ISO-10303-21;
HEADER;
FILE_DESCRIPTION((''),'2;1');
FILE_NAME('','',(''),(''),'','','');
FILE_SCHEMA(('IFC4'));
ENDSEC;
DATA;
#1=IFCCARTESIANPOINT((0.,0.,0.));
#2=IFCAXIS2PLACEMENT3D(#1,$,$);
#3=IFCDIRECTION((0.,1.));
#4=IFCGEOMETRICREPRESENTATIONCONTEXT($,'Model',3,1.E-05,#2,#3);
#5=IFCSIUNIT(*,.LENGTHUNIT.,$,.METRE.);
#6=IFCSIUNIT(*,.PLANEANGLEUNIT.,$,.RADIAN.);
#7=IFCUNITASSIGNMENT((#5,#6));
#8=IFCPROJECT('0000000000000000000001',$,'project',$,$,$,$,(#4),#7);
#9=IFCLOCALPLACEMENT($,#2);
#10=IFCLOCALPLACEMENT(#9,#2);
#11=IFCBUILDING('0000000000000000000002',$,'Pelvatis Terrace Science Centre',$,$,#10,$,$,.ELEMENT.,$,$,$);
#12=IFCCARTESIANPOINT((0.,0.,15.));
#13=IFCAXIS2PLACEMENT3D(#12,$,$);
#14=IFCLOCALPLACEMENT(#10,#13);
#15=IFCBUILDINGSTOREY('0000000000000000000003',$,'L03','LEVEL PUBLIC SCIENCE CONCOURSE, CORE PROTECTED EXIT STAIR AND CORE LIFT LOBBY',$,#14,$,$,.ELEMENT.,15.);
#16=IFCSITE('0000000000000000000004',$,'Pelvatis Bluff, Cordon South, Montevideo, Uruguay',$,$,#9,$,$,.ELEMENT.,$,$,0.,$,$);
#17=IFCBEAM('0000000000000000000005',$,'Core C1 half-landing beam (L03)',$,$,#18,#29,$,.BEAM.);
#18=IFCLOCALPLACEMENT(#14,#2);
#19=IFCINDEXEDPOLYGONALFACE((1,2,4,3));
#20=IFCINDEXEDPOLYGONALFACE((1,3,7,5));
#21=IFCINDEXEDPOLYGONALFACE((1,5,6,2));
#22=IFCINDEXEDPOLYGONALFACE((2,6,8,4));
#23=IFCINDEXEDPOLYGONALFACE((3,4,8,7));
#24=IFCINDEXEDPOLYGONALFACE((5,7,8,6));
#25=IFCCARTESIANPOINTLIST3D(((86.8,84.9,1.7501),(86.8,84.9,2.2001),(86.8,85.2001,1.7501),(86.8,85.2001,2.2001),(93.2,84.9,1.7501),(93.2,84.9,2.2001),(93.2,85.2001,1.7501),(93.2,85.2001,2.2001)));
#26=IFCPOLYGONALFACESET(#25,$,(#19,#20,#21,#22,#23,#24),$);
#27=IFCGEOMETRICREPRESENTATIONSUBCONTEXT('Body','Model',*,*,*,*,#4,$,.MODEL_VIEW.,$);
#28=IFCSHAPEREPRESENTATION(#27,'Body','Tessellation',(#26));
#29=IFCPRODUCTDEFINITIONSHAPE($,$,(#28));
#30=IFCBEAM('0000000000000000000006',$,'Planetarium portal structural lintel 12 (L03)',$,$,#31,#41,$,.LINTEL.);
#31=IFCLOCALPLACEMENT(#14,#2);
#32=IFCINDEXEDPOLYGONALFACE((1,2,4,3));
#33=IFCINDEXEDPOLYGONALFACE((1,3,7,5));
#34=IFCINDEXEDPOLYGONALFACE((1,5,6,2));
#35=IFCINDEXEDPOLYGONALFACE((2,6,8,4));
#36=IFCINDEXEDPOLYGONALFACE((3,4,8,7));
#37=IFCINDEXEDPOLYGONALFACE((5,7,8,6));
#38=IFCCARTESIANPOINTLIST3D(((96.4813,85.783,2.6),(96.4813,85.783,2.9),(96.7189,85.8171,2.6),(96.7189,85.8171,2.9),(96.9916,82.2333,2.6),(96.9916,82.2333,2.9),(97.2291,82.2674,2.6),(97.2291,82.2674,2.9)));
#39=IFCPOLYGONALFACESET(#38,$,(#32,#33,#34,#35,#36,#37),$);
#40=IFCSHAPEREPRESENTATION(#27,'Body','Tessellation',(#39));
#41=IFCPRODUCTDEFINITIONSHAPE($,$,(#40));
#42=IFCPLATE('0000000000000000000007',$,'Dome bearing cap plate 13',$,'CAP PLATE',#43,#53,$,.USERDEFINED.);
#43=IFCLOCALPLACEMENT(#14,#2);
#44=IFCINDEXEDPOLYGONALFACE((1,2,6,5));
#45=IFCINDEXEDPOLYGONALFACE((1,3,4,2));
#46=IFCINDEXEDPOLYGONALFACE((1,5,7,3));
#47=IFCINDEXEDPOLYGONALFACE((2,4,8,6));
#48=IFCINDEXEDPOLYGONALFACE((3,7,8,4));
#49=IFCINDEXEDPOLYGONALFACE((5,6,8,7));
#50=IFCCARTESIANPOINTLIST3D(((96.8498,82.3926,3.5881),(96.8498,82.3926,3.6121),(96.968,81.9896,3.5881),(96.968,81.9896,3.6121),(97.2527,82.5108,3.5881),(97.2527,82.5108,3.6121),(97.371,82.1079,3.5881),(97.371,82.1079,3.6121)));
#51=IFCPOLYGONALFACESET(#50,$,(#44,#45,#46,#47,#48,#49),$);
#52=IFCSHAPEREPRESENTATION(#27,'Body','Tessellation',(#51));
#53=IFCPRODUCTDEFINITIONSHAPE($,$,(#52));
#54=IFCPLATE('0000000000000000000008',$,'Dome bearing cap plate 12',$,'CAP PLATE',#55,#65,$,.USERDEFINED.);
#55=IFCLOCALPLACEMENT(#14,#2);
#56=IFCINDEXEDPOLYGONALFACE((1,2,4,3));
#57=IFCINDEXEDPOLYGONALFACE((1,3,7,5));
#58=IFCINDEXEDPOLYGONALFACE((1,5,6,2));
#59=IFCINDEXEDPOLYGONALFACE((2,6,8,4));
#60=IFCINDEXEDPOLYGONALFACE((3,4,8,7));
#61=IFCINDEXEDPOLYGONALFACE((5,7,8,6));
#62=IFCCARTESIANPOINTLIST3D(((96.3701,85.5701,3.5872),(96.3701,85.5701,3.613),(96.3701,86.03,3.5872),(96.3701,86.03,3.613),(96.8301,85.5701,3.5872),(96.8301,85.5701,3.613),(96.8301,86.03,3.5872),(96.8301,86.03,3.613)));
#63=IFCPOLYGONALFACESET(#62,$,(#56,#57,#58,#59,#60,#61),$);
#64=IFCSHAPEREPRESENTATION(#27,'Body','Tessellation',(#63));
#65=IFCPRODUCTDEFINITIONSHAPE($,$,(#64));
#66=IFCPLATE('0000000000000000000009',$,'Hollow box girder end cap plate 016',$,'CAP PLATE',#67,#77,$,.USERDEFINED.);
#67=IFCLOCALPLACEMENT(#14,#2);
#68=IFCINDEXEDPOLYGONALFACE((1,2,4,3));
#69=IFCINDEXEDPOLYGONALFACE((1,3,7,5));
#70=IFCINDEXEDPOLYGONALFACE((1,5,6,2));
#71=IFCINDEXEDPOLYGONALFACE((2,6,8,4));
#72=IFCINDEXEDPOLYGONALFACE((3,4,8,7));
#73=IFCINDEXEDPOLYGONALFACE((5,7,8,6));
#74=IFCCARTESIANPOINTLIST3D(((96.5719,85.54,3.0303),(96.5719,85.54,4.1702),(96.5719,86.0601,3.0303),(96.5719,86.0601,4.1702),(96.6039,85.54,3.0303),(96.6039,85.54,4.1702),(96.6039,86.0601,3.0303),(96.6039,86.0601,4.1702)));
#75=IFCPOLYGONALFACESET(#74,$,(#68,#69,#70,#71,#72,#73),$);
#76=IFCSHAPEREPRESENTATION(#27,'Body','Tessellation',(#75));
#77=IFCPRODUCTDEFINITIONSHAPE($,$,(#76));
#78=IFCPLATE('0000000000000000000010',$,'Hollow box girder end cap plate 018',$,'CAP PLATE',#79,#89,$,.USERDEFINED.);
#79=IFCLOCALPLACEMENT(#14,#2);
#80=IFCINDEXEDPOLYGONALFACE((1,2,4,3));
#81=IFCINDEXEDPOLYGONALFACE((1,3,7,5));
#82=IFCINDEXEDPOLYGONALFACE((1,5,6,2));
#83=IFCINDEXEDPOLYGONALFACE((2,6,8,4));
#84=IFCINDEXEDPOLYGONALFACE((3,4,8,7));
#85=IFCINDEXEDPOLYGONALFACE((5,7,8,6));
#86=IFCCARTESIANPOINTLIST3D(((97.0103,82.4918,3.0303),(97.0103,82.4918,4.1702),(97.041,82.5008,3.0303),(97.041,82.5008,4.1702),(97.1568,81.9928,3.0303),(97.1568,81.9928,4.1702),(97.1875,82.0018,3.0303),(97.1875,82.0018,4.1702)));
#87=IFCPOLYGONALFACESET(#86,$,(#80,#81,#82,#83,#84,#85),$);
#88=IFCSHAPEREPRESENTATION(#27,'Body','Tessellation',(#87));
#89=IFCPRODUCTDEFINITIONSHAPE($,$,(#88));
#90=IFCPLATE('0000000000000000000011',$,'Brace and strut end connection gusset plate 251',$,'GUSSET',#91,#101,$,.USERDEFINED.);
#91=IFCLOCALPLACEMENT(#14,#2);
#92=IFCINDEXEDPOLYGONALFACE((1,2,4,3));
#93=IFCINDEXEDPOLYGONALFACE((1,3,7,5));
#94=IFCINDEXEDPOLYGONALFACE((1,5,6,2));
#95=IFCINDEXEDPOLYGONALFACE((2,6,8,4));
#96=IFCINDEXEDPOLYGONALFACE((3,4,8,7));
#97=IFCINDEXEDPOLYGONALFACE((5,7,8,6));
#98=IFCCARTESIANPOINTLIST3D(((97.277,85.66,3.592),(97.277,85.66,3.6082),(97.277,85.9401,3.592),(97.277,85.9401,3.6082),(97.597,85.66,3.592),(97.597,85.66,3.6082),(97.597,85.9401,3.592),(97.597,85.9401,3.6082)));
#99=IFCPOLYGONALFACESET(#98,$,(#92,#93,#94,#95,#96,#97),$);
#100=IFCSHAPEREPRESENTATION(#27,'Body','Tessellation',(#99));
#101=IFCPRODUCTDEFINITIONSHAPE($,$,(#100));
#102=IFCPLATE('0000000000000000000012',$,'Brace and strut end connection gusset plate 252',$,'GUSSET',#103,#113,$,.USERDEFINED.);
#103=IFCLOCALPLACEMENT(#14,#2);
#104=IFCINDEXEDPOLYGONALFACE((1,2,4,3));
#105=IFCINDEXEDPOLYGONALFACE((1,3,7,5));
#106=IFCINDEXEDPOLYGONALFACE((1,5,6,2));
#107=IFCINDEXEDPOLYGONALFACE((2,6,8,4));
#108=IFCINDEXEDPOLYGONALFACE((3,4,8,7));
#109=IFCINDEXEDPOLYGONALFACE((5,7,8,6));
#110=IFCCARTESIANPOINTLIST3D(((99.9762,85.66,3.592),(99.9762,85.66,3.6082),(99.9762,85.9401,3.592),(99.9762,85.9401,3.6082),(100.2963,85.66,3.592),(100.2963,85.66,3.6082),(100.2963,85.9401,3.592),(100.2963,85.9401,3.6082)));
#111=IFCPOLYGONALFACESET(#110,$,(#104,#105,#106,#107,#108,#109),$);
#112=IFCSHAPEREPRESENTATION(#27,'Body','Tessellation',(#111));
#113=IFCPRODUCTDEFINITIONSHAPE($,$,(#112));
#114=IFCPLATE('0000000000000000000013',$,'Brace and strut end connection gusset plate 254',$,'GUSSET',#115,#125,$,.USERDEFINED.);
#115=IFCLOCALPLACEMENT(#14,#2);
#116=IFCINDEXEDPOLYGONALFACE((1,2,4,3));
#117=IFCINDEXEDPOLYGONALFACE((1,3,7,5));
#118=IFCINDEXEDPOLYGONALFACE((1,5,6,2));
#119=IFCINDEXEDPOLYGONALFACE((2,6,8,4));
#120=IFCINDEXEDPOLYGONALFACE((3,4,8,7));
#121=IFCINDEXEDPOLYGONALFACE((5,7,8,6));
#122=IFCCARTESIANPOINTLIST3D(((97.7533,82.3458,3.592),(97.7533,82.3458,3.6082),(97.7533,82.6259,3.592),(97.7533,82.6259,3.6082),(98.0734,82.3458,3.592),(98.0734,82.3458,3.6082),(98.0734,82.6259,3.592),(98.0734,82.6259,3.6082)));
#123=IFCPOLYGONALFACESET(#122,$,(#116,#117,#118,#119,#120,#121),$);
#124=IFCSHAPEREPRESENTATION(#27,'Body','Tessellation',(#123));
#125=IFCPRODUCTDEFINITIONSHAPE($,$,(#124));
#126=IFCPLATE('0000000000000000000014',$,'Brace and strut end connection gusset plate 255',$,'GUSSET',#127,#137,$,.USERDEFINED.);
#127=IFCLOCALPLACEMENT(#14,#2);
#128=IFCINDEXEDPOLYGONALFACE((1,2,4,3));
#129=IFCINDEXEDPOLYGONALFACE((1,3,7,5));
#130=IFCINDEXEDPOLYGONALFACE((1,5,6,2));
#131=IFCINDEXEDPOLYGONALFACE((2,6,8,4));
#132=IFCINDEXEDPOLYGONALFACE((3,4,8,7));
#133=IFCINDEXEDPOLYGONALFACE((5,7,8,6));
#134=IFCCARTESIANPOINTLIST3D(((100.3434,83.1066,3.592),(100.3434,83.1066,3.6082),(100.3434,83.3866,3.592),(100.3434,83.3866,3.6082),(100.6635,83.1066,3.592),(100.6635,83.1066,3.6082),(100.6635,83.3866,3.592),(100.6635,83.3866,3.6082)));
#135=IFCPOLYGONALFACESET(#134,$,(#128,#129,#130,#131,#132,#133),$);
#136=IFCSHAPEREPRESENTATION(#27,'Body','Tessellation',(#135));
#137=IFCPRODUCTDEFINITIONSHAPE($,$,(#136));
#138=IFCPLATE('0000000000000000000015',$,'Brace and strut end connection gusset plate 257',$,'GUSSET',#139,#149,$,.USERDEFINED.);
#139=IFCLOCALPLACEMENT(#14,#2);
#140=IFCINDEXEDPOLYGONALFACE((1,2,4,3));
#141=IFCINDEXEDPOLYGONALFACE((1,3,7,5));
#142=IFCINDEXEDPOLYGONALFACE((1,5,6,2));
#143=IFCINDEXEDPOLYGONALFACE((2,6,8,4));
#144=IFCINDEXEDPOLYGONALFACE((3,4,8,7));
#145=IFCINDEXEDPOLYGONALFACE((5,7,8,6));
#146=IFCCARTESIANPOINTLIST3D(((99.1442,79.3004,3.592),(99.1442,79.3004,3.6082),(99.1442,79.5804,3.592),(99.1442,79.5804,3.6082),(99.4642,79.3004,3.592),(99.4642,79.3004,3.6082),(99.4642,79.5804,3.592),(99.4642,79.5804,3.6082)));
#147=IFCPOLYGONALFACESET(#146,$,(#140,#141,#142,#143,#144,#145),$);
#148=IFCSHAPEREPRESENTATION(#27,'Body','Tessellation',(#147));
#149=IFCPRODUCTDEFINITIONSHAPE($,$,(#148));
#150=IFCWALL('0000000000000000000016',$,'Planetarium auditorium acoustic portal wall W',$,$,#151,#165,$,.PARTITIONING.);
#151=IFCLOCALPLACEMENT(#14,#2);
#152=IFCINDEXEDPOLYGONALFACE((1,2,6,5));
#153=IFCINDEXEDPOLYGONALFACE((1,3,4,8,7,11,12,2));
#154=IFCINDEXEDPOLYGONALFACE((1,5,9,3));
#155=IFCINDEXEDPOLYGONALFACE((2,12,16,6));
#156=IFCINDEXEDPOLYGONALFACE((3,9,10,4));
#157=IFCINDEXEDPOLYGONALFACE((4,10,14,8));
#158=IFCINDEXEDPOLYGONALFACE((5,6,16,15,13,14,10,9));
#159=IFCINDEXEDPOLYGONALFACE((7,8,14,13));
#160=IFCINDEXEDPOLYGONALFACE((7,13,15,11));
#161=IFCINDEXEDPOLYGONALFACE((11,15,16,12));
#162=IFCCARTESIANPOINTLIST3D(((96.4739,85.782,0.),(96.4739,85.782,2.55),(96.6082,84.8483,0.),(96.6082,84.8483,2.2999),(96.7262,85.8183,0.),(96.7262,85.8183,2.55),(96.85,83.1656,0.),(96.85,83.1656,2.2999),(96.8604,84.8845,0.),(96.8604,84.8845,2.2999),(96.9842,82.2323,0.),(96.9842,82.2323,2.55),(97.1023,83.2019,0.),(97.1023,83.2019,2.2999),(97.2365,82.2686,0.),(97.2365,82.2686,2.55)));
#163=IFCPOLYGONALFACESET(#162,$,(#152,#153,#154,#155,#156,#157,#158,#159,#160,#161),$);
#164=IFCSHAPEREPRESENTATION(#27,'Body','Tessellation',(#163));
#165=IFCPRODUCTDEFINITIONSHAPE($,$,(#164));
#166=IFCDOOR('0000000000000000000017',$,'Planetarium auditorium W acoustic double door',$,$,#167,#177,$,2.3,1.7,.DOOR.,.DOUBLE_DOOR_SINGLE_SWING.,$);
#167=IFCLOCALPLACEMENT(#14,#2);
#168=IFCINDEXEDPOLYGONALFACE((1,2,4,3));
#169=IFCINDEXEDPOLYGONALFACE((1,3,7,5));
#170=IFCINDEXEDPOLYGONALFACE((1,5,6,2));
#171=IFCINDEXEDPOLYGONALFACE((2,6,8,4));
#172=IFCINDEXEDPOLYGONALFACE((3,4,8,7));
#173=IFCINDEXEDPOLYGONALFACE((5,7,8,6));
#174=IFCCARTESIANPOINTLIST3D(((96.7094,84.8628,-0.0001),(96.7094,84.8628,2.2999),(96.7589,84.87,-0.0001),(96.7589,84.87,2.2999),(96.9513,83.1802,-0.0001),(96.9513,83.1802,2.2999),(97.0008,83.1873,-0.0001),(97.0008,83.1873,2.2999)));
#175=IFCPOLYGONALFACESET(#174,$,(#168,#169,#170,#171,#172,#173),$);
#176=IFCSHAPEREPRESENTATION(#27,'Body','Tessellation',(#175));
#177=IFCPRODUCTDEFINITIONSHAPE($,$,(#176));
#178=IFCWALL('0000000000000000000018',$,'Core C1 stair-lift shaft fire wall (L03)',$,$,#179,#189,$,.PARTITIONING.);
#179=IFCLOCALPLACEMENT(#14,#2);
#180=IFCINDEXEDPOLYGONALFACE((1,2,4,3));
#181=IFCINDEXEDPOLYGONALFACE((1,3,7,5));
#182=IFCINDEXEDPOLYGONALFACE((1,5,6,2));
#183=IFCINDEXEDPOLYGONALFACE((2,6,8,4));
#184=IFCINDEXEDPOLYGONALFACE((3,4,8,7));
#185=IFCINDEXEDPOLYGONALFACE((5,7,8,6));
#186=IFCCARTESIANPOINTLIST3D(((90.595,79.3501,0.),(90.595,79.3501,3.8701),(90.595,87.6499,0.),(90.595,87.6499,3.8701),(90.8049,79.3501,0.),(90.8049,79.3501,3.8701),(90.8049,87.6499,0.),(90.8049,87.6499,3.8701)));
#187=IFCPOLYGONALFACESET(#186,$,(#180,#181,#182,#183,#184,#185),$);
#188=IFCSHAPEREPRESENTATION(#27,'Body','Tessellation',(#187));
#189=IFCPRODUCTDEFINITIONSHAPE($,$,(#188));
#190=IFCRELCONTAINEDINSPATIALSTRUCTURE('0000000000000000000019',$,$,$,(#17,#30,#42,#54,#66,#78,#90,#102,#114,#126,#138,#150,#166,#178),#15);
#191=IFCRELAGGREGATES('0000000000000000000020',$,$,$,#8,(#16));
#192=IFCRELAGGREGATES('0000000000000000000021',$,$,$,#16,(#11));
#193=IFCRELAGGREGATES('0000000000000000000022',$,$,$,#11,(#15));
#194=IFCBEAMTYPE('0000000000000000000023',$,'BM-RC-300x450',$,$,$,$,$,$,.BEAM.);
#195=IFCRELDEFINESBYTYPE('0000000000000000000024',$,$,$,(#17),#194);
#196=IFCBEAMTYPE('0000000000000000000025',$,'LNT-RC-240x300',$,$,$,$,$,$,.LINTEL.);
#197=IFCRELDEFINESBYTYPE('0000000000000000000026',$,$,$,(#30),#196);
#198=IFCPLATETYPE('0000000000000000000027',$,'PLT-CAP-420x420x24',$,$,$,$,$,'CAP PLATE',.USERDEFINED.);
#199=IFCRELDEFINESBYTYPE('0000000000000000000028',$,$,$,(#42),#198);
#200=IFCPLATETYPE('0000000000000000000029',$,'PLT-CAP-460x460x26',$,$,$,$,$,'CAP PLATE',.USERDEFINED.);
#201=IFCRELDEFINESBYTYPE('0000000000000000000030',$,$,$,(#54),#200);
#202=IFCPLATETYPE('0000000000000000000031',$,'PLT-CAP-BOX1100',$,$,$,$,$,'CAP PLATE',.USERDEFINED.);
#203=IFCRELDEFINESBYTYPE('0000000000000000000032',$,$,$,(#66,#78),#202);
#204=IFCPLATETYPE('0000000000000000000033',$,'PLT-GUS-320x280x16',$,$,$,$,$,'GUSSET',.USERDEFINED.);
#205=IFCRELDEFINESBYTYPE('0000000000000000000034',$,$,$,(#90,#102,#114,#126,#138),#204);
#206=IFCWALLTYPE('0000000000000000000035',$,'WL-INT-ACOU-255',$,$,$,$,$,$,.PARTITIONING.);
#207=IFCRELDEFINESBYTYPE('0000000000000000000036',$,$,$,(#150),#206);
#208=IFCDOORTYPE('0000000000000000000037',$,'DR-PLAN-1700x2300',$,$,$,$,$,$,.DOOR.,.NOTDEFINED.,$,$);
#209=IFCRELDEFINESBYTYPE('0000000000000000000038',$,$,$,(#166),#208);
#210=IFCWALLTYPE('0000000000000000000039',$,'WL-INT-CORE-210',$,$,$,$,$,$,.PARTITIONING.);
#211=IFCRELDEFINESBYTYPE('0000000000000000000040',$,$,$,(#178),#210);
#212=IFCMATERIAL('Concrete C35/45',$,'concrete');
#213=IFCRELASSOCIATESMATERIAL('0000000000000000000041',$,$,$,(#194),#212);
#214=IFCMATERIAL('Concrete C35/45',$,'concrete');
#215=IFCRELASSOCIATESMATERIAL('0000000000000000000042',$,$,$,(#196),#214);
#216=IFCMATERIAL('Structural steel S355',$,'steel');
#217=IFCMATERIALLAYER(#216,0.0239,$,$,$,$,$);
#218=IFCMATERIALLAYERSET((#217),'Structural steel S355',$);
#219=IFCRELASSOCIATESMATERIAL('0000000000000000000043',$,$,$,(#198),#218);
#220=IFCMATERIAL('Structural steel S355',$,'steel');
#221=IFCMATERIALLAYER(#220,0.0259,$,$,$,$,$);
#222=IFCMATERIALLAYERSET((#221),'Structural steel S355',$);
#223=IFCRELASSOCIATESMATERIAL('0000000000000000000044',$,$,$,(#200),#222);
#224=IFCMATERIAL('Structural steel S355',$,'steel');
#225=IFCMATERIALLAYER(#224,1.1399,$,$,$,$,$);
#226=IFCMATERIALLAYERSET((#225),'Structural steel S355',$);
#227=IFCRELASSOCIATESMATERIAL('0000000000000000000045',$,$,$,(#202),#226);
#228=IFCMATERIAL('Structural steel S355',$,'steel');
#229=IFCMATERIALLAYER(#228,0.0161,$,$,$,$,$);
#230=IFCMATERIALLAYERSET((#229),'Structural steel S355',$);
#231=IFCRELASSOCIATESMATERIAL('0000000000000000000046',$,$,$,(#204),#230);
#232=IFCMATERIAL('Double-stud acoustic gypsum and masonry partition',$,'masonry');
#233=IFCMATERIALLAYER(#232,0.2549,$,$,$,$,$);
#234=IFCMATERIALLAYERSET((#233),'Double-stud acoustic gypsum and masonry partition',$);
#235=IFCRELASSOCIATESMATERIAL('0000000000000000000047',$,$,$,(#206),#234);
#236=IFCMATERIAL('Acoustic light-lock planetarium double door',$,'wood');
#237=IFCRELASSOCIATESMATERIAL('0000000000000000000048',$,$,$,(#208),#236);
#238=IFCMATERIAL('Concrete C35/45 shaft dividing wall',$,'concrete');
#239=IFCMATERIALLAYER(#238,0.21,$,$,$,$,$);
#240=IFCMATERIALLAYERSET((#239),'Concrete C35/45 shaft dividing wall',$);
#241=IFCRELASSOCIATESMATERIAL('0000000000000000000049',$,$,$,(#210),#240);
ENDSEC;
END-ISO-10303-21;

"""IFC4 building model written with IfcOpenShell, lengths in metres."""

from ifc_helpers import new_model, si_unit, direction, frame, frame_2d, origin, origin_2d, place, context, subcontext, project, spatial, rectangle, extrude, material, layer, layer_set, material_profile, profile_set, type_object, element, fill, save


model = new_model("IFC4")

# Units and contexts
model_context = context("Model", 3, precision=1e-05, world=origin(), true_north=direction((0.0, 1.0)))
body_context = subcontext(model_context, "Body", "Model", "MODEL_VIEW")
ifc_project = project(units=[si_unit("LENGTHUNIT", "METRE"), si_unit("PLANEANGLEUNIT", "RADIAN")], contexts=[model_context])

# Site, building, storey
site_placement = place(None, origin())
site = spatial("IfcSite", under=ifc_project, at=site_placement, Name="Pelvatis Bluff, Cordon South, Montevideo, Uruguay", CompositionType="ELEMENT", RefElevation=0.0)
building_placement = place(site_placement, origin())
building = spatial("IfcBuilding", under=site, at=building_placement, Name="Pelvatis Terrace Science Centre", CompositionType="ELEMENT")
storey_placement = place(building_placement, frame((0.0, 0.0, 15.0)))
storey = spatial("IfcBuildingStorey", under=building, at=storey_placement, Name="L03", Description="LEVEL PUBLIC SCIENCE CONCOURSE, CORE PROTECTED EXIT STAIR AND CORE LIFT LOBBY", CompositionType="ELEMENT", Elevation=15.0)

# Beams
ifc_material_1 = material(Name="Concrete C35/45", Category="concrete")
ifc_material_profile_1 = material_profile(ifc_material_1, rectangle(XDim=0.3, YDim=0.45, at=origin_2d()), Name="RC-BM 300x450")
ifc_profile_set_1 = profile_set([ifc_material_profile_1], Name="Concrete C35/45")
beam_type_1 = type_object("IfcBeamType", Name="BM-RC-300x450", PredefinedType="BEAM", material=ifc_profile_set_1)
beam_1_placement = place(storey_placement, frame((86.8, 85.05, 1.9751), z_axis=(1.0, 0.0, 0.0), x_axis=(0.0, 1.0, 0.0)))
element("IfcBeam", 1, at=beam_1_placement, inside=storey, type_object=beam_type_1, Name="Core C1 half-landing beam (L03)", PredefinedType="BEAM", context=body_context, shape_type="SweptSolid", body=[
    extrude(rectangle(XDim=0.3, YDim=0.45, at=origin_2d()), origin(), (0.0, 0.0, 1.0), 6.3999),
])
ifc_material_2 = material(Name="Concrete C35/45", Category="concrete")
ifc_material_profile_2 = material_profile(ifc_material_2, rectangle(XDim=0.24, YDim=0.3, at=origin_2d()), Name="RC-LNT 240x300")
ifc_profile_set_2 = profile_set([ifc_material_profile_2], Name="Concrete C35/45")
beam_type_2 = type_object("IfcBeamType", Name="LNT-RC-240x300", PredefinedType="LINTEL", material=ifc_profile_set_2)
beam_2_placement = place(storey_placement, frame((96.6001, 85.8, 2.75), z_axis=(0.142279, -0.989827, 0.0), x_axis=(0.989827, 0.142279, 0.0)))
element("IfcBeam", 2, at=beam_2_placement, inside=storey, type_object=beam_type_2, Name="Planetarium portal structural lintel 12 (L03)", PredefinedType="LINTEL", context=body_context, shape_type="SweptSolid", body=[
    extrude(rectangle(XDim=0.24, YDim=0.3, at=origin_2d()), origin(), (0.0, 0.0, 1.0), 3.5862),
])

# Plates
ifc_material_3 = material(Name="Structural steel S355", Category="steel")
ifc_layer_1 = layer(ifc_material_3, 0.0239)
ifc_layer_set_1 = layer_set([ifc_layer_1], Name="Structural steel S355")
plate_type_1 = type_object("IfcPlateType", Name="PLT-CAP-420x420x24", ElementType="CAP PLATE", PredefinedType="USERDEFINED", material=ifc_layer_set_1)
plate_1_placement = place(storey_placement, frame((97.1104, 82.2502, 3.5881), z_axis=(0.0, 0.0, 1.0), x_axis=(-0.959511, -0.281672, 0.0)))
element("IfcPlate", 3, at=plate_1_placement, inside=storey, type_object=plate_type_1, Name="Dome bearing cap plate 13", ObjectType="CAP PLATE", PredefinedType="USERDEFINED", context=body_context, shape_type="SweptSolid", body=[
    extrude(rectangle(XDim=0.4199, YDim=0.4199, at=origin_2d()), origin(), (0.0, 0.0, 1.0), 0.0239),
])
ifc_material_4 = material(Name="Structural steel S355", Category="steel")
ifc_layer_2 = layer(ifc_material_4, 0.0259)
ifc_layer_set_2 = layer_set([ifc_layer_2], Name="Structural steel S355")
plate_type_2 = type_object("IfcPlateType", Name="PLT-CAP-460x460x26", ElementType="CAP PLATE", PredefinedType="USERDEFINED", material=ifc_layer_set_2)
plate_2_placement = place(storey_placement, frame((96.6001, 85.8, 3.5872), z_axis=(0.0, 0.0, 1.0), x_axis=(-1.0, 0.0, 0.0)))
element("IfcPlate", 4, at=plate_2_placement, inside=storey, type_object=plate_type_2, Name="Dome bearing cap plate 12", ObjectType="CAP PLATE", PredefinedType="USERDEFINED", context=body_context, shape_type="SweptSolid", body=[
    extrude(rectangle(XDim=0.46, YDim=0.46, at=origin_2d()), origin(), (0.0, 0.0, 1.0), 0.0259),
])
ifc_material_5 = material(Name="Structural steel S355", Category="steel")
ifc_layer_3 = layer(ifc_material_5, 1.1399)
ifc_layer_set_3 = layer_set([ifc_layer_3], Name="Structural steel S355")
plate_type_3 = type_object("IfcPlateType", Name="PLT-CAP-BOX1100", ElementType="CAP PLATE", PredefinedType="USERDEFINED", material=ifc_layer_set_3)
for number, where, z_axis, x_axis, name in (
    (5, (96.5879, 85.8, 3.0303), (0.0, 0.0, 1.0), (-1.0, 0.0, 0.0), "Hollow box girder end cap plate 016"),
    (6, (97.0989, 82.2468, 3.0303), (0.0, 0.0, 1.0), (-0.959511, -0.281672, 0.0), "Hollow box girder end cap plate 018"),
):
    element("IfcPlate", number, at=place(storey_placement, frame(where, z_axis=z_axis, x_axis=x_axis)), inside=storey, type_object=plate_type_3, Name=name, ObjectType="CAP PLATE", PredefinedType="USERDEFINED", context=body_context, shape_type="SweptSolid", body=[
        extrude(rectangle(XDim=0.032, YDim=0.52, at=origin_2d()), origin(), (0.0, 0.0, 1.0), 1.1399),
    ])
ifc_material_6 = material(Name="Structural steel S355", Category="steel")
ifc_layer_4 = layer(ifc_material_6, 0.0161)
ifc_layer_set_4 = layer_set([ifc_layer_4], Name="Structural steel S355")
plate_type_4 = type_object("IfcPlateType", Name="PLT-GUS-320x280x16", ElementType="GUSSET", PredefinedType="USERDEFINED", material=ifc_layer_set_4)
for number, where, z_axis, x_axis, name in (
    (7, (97.437, 85.8, 3.592), (0.0, 0.0, 1.0), (1.0, 0.0, 0.0), "Brace and strut end connection gusset plate 251"),
    (8, (100.1362, 85.8, 3.592), (0.0, 0.0, 1.0), (1.0, 0.0, 0.0), "Brace and strut end connection gusset plate 252"),
    (9, (97.9133, 82.4858, 3.592), (0.0, 0.0, 1.0), (1.0, 0.0, 0.0), "Brace and strut end connection gusset plate 254"),
    (10, (100.5034, 83.2466, 3.592), (0.0, 0.0, 1.0), (1.0, 0.0, 0.0), "Brace and strut end connection gusset plate 255"),
    (11, (99.3042, 79.4404, 3.592), (0.0, 0.0, 1.0), (1.0, 0.0, 0.0), "Brace and strut end connection gusset plate 257"),
):
    element("IfcPlate", number, at=place(storey_placement, frame(where, z_axis=z_axis, x_axis=x_axis)), inside=storey, type_object=plate_type_4, Name=name, ObjectType="GUSSET", PredefinedType="USERDEFINED", context=body_context, shape_type="SweptSolid", body=[
        extrude(rectangle(XDim=0.3201, YDim=0.28, at=origin_2d()), origin(), (0.0, 0.0, 1.0), 0.0161),
    ])

# Wall, opening, door
ifc_material_7 = material(Name="Double-stud acoustic gypsum and masonry partition", Category="masonry")
ifc_layer_5 = layer(ifc_material_7, 0.2549)
ifc_layer_set_5 = layer_set([ifc_layer_5], Name="Double-stud acoustic gypsum and masonry partition")
wall_type_1 = type_object("IfcWallType", Name="WL-INT-ACOU-255", PredefinedType="PARTITIONING", material=ifc_layer_set_5)
wall_1_placement = place(storey_placement, frame((96.6001, 85.8, 0.0), z_axis=(0.0, 0.0, 1.0), x_axis=(0.142279, -0.989827, 0.0)))
wall_1 = element("IfcWall", 12, at=wall_1_placement, inside=storey, type_object=wall_type_1, Name="Planetarium auditorium acoustic portal wall W", PredefinedType="PARTITIONING", context=body_context, shape_type="SweptSolid", body=[
    extrude(rectangle(XDim=3.5862, YDim=0.2549, at=frame_2d((1.793, 0.0))), origin(), (0.0, 0.0, 1.0), 2.55),
])
opening_1_placement = place(wall_1_placement, frame((0.9431, 0.0, 0.0)))
opening_1 = element("IfcOpeningElement", 13, at=opening_1_placement, cuts=wall_1, PredefinedType="OPENING", context=body_context, shape_type="SweptSolid", body=[
    extrude(rectangle(XDim=1.7, YDim=2.3, at=frame_2d((0.8501, 1.1499))), frame((0.0, 0.1375, 0.0), z_axis=(0.0, -1.0, 0.0), x_axis=(1.0, 0.0, 0.0)), (0.0, 0.0, 1.0), 0.2749),
])
ifc_material_8 = material(Name="Acoustic light-lock planetarium double door", Category="wood")
door_type_1 = type_object("IfcDoorType", Name="DR-PLAN-1700x2300", OperationType="NOTDEFINED", PredefinedType="DOOR", material=ifc_material_8)
door_1_placement = place(opening_1_placement, origin())
door_1 = element("IfcDoor", 14, at=door_1_placement, inside=storey, type_object=door_type_1, Name="Planetarium auditorium W acoustic double door", OperationType="DOUBLE_DOOR_SINGLE_SWING", OverallHeight=2.3, OverallWidth=1.7, PredefinedType="DOOR", context=body_context, shape_type="SweptSolid", body=[
    extrude(rectangle(XDim=1.7, YDim=2.3, at=frame_2d((0.8501, 1.1499))), frame((0.0, 0.0249, 0.0), z_axis=(0.0, -1.0, 0.0), x_axis=(1.0, 0.0, 0.0)), (0.0, 0.0, 1.0), 0.05),
])
fill(opening_1, door_1)

# Wall
ifc_material_9 = material(Name="Concrete C35/45 shaft dividing wall", Category="concrete")
ifc_layer_6 = layer(ifc_material_9, 0.21)
ifc_layer_set_6 = layer_set([ifc_layer_6], Name="Concrete C35/45 shaft dividing wall")
wall_type_2 = type_object("IfcWallType", Name="WL-INT-CORE-210", PredefinedType="PARTITIONING", material=ifc_layer_set_6)
wall_2_placement = place(storey_placement, frame((90.7, 79.3501, 0.0), z_axis=(0.0, 0.0, 1.0), x_axis=(0.0, 1.0, 0.0)))
element("IfcWall", 15, at=wall_2_placement, inside=storey, type_object=wall_type_2, Name="Core C1 stair-lift shaft fire wall (L03)", PredefinedType="PARTITIONING", context=body_context, shape_type="SweptSolid", body=[
    extrude(rectangle(XDim=8.2998, YDim=0.21, at=frame_2d((4.1499, 0.0))), origin(), (0.0, 0.0, 1.0), 3.8701),
])

save(model, "model.ifc")
